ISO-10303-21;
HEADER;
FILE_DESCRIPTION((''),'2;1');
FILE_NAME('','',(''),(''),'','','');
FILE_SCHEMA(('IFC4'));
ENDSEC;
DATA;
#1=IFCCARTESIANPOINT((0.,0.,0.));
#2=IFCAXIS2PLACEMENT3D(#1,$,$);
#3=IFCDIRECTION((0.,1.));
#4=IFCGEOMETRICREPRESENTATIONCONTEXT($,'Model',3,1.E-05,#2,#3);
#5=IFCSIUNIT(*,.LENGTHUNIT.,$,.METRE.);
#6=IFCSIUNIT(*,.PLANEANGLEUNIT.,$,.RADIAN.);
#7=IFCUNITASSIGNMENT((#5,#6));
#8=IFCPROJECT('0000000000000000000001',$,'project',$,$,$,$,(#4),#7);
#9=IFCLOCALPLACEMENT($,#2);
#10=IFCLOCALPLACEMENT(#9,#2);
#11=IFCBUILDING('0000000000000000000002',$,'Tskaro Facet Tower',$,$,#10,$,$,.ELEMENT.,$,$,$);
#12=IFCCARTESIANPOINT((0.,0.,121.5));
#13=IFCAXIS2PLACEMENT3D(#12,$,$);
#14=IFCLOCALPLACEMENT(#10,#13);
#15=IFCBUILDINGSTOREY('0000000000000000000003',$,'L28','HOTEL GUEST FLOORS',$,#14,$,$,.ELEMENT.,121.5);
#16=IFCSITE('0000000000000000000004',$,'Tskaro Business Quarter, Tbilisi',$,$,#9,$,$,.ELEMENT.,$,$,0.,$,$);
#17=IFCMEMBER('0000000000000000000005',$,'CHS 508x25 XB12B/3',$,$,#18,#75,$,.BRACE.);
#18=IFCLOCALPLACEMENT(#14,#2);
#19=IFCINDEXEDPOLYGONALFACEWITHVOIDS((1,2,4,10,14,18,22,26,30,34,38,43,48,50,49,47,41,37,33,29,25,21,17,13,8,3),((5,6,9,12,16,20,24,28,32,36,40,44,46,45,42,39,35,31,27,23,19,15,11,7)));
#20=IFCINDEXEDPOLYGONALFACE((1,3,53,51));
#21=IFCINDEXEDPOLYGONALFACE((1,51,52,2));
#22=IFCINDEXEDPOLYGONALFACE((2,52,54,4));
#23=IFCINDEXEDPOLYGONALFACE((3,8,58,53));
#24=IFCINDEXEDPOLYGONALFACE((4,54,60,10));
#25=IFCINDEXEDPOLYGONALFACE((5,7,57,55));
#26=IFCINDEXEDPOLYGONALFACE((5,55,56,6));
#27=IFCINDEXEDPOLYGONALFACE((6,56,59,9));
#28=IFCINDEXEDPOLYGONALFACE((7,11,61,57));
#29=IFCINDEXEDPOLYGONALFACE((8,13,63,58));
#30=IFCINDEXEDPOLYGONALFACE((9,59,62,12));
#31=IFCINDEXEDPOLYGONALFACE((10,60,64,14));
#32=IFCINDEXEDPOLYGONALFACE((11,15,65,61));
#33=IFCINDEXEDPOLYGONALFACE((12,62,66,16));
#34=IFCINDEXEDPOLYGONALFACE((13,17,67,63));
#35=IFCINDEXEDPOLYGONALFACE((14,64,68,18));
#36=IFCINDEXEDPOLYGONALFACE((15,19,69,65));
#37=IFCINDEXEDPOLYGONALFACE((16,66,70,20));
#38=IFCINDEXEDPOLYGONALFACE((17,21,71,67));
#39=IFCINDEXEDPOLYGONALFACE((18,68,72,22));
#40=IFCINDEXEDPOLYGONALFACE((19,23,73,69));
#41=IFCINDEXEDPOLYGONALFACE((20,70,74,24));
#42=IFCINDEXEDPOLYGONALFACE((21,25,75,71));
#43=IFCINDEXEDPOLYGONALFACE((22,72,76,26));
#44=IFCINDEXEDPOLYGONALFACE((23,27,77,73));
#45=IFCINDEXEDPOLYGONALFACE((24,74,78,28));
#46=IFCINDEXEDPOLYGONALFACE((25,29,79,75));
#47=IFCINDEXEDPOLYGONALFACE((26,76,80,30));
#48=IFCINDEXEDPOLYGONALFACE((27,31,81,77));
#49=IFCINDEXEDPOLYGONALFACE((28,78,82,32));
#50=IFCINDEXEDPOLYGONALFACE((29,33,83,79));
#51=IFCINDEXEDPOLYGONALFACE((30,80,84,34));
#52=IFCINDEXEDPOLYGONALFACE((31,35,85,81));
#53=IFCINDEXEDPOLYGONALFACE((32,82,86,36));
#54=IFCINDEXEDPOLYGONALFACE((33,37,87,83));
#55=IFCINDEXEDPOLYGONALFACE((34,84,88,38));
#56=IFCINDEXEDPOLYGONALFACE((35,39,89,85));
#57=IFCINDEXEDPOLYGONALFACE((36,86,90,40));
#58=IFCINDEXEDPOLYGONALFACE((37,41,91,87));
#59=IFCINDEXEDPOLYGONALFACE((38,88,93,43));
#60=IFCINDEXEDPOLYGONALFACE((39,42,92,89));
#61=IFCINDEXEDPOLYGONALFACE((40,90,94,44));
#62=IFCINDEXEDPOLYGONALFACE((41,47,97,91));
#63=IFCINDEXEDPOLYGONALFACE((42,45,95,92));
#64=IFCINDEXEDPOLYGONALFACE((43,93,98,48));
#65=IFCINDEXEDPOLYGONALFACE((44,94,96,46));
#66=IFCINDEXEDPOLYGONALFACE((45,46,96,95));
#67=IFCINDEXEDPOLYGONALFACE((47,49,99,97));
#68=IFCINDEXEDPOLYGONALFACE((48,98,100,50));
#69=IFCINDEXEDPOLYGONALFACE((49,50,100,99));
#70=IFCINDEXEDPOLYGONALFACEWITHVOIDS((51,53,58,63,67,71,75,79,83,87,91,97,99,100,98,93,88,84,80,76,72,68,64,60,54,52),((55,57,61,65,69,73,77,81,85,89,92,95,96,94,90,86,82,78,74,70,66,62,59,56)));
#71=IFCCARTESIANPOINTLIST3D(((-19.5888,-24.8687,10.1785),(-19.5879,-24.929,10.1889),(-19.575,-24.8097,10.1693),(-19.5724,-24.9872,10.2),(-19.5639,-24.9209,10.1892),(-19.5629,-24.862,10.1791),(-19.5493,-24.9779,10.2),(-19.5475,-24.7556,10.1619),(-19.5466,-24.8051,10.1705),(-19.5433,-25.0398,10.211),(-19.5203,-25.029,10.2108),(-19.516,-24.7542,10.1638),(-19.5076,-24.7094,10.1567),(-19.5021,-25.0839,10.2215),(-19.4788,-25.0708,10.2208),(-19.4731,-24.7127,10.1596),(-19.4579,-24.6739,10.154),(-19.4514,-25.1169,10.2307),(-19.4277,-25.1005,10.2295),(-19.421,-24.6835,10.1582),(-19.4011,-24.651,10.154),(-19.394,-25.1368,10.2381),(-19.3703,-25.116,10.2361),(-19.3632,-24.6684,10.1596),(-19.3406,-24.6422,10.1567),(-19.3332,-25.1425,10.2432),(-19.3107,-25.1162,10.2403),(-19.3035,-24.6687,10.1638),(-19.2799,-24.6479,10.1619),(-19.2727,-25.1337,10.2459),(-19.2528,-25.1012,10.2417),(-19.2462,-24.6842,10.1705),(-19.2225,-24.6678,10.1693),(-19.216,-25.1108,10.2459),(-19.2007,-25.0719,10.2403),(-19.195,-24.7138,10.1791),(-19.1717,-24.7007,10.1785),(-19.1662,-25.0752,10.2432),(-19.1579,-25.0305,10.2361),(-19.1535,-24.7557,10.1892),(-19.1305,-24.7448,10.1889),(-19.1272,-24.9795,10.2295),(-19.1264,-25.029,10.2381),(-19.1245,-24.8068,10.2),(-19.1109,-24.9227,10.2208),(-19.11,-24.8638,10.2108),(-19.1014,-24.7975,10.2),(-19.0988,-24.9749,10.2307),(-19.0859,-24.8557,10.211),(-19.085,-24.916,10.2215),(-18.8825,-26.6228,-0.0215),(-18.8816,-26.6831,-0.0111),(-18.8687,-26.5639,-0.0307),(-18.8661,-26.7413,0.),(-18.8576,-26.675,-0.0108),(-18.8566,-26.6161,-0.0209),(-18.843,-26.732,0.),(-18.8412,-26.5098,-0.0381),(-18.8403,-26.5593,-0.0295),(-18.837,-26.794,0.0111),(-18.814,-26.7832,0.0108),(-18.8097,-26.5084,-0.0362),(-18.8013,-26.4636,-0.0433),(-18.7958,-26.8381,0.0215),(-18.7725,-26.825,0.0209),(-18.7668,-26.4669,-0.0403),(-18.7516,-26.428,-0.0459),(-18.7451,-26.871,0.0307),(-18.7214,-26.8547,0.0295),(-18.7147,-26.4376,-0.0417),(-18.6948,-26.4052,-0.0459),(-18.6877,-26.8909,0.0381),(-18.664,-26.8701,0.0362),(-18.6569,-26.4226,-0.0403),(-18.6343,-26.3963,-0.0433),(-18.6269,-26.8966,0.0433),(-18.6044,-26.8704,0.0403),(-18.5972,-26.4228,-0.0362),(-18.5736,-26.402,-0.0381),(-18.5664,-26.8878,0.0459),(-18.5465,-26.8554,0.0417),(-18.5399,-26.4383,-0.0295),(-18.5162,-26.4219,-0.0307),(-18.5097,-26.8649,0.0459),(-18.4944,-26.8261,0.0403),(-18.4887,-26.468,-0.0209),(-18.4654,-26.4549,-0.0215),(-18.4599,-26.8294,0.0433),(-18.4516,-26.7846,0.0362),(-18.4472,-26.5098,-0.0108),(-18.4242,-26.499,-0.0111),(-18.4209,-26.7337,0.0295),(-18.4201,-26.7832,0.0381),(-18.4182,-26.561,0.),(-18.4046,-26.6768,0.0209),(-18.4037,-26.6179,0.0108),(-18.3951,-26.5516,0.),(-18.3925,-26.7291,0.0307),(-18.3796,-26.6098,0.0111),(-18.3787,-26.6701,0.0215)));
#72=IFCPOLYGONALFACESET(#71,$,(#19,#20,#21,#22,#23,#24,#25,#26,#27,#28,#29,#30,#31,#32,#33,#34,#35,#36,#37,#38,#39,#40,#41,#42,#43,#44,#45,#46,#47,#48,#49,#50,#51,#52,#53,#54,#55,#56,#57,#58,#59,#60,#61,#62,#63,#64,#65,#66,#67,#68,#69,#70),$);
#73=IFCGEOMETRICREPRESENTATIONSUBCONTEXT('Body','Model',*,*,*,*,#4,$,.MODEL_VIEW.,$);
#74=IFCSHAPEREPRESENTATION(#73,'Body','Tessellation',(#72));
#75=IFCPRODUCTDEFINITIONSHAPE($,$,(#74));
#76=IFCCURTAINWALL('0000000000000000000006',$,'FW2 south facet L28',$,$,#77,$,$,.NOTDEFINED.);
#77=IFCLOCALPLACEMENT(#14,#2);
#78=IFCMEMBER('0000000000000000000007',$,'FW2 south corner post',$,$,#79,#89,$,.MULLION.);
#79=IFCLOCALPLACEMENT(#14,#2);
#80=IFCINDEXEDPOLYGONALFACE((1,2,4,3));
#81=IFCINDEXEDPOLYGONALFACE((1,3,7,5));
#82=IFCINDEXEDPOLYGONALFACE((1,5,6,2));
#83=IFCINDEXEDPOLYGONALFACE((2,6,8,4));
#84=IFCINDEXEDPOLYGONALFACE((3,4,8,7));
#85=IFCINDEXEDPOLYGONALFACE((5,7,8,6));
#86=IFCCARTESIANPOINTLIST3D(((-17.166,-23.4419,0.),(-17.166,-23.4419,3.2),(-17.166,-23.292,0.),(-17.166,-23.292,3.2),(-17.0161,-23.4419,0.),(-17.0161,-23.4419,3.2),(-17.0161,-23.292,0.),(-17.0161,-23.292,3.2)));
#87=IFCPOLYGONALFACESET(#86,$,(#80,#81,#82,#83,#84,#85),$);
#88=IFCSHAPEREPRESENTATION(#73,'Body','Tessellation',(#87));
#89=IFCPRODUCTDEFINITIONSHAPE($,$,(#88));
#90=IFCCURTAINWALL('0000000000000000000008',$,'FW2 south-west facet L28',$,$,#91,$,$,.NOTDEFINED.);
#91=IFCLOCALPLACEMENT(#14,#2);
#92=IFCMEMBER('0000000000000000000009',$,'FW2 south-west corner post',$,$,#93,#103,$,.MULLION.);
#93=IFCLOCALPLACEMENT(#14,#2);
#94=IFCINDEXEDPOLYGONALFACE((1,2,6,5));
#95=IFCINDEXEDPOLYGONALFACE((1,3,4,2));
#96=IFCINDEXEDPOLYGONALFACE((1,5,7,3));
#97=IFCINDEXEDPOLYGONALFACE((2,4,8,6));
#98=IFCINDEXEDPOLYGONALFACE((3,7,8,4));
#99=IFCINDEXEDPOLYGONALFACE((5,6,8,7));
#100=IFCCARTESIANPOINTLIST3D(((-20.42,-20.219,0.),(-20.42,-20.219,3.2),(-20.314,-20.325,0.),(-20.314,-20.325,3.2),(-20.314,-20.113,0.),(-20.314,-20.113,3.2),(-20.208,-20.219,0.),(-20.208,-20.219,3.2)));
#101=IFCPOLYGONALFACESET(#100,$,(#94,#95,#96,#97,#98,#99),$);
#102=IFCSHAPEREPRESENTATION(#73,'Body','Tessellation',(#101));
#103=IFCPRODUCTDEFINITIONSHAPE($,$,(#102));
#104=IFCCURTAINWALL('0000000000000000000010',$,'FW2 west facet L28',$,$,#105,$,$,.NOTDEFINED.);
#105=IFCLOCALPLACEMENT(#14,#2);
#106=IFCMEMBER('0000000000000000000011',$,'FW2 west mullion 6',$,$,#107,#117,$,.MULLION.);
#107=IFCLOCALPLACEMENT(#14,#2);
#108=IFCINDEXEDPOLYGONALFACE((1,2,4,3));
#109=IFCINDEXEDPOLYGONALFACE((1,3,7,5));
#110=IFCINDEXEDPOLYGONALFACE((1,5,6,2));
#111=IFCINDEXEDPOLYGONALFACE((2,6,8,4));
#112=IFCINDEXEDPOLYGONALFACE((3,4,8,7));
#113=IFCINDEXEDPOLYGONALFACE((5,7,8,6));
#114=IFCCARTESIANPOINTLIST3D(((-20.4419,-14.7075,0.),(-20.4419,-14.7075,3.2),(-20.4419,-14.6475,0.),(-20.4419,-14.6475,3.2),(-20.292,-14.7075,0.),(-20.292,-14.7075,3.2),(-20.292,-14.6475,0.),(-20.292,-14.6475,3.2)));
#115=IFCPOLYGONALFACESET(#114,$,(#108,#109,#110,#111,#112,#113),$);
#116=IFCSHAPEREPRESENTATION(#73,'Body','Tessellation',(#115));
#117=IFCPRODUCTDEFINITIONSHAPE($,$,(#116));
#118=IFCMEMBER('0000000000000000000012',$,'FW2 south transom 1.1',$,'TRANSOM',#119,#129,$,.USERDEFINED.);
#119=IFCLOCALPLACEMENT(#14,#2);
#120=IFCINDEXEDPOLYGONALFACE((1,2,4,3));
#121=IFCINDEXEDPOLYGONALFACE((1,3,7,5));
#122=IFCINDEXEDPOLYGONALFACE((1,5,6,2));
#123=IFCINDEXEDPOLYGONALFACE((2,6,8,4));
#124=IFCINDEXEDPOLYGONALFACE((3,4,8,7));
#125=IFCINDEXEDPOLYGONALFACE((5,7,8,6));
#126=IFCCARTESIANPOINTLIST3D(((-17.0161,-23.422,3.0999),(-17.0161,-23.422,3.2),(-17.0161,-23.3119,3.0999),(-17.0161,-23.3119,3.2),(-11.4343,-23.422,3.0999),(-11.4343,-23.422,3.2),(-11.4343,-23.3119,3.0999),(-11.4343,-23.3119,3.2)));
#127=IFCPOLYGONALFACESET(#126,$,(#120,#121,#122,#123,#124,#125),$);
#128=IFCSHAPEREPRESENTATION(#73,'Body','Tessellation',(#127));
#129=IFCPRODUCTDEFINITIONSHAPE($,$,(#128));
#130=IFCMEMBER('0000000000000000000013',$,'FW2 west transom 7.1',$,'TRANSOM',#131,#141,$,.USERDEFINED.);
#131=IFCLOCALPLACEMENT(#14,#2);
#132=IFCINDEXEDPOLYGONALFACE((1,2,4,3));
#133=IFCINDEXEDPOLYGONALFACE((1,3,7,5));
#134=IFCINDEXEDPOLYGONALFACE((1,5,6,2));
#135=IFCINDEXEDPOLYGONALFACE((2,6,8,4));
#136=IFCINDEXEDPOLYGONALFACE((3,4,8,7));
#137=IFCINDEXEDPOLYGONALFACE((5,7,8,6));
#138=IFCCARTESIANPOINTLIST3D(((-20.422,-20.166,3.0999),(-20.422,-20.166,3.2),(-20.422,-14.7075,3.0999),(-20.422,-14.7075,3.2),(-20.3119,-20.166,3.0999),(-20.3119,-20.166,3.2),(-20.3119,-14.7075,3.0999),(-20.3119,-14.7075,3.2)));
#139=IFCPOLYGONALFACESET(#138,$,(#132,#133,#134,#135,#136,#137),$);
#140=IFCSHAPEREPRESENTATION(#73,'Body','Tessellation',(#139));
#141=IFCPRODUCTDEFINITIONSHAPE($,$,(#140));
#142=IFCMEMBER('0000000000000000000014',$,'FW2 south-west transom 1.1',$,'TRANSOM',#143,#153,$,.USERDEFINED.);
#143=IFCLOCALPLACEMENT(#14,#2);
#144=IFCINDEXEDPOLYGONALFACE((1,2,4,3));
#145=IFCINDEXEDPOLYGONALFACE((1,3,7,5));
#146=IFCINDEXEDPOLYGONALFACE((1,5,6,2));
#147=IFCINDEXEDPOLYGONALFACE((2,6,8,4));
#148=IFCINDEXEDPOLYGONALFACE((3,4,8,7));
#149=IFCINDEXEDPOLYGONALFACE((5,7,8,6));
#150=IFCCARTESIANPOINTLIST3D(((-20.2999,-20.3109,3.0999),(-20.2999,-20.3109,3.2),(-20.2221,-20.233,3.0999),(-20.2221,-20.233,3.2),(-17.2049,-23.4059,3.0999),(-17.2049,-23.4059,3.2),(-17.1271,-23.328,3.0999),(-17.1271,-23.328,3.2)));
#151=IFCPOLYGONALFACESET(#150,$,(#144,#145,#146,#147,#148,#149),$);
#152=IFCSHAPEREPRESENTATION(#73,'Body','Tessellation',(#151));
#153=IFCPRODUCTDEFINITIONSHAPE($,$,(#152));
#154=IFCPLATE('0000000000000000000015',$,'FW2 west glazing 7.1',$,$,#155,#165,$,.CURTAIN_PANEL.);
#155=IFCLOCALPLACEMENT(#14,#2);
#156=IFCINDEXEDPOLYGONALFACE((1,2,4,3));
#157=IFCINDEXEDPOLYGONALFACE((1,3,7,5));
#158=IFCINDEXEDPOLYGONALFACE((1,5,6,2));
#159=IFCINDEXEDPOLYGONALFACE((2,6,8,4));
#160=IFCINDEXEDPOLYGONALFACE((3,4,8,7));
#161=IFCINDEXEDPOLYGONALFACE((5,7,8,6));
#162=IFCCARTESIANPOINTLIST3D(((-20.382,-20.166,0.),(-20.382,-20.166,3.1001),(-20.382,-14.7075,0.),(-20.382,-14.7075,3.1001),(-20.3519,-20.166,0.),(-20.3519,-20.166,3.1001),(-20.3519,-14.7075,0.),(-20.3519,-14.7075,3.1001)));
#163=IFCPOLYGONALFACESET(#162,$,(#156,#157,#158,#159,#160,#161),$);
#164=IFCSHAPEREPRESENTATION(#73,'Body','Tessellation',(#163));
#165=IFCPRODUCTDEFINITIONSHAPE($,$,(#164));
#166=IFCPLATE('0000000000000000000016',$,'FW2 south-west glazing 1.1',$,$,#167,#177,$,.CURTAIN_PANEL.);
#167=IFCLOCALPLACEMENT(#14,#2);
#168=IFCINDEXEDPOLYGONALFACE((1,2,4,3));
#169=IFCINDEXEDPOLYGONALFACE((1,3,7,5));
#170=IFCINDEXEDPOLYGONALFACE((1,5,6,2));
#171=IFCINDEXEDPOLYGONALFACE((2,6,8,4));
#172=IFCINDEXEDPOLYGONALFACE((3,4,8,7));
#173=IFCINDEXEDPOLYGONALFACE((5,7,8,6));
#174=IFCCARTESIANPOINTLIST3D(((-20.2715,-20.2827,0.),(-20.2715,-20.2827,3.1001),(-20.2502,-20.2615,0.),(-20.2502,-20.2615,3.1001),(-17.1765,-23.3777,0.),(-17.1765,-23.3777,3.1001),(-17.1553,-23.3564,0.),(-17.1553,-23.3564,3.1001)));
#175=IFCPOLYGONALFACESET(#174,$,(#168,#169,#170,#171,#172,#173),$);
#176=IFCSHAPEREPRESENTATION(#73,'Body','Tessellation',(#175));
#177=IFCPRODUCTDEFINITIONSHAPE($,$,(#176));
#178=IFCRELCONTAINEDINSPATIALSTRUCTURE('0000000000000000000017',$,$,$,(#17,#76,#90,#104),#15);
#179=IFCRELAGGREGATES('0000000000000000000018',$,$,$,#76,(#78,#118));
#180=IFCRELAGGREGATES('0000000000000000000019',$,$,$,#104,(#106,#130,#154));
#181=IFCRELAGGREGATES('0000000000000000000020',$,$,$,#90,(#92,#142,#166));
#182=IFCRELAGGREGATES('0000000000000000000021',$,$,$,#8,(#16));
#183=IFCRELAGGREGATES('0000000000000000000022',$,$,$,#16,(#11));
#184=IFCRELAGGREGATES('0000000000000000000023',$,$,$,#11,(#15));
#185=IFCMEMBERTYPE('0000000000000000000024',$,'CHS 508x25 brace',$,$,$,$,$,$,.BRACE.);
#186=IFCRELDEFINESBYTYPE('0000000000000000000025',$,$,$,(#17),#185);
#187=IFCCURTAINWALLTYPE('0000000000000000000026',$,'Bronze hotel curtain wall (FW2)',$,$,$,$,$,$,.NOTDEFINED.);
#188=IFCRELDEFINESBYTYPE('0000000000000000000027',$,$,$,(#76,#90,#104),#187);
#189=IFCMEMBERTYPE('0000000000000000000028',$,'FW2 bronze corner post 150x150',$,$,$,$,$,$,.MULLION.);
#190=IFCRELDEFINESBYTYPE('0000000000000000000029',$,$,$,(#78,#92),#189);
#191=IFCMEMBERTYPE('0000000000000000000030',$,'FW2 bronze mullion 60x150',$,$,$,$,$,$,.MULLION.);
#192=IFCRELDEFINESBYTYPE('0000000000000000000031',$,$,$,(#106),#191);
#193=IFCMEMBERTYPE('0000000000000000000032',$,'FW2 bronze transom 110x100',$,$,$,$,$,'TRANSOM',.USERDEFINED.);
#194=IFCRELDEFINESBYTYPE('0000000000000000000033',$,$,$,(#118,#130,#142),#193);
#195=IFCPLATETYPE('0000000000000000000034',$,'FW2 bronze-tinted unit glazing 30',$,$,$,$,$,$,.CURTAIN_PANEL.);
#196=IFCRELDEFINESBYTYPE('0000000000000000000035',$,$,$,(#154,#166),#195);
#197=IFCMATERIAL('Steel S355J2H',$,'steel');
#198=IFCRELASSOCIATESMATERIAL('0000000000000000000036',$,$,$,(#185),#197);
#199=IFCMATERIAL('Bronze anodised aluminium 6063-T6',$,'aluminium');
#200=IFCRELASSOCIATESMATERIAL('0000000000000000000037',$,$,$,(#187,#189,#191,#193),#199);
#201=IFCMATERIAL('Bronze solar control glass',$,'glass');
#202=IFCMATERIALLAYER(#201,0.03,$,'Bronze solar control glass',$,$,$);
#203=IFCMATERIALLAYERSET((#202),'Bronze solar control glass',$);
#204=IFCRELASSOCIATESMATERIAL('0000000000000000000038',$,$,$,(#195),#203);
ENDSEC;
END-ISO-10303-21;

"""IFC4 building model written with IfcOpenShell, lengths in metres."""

from ifc_helpers import new_model, si_unit, direction, frame, origin, origin_2d, place, context, subcontext, project, spatial, rectangle, hollow_circle, extrude, material, layer, layer_set, material_profile, profile_set, type_object, element, aggregate, save


model = new_model("IFC4")

# Units and contexts
model_context = context("Model", 3, precision=1e-05, world=origin(), true_north=direction((0.0, 1.0)))
body_context = subcontext(model_context, "Body", "Model", "MODEL_VIEW")
ifc_project = project(units=[si_unit("LENGTHUNIT", "METRE"), si_unit("PLANEANGLEUNIT", "RADIAN")], contexts=[model_context])

# Site, building, storey
site_placement = place(None, origin())
site = spatial("IfcSite", under=ifc_project, at=site_placement, Name="Tskaro Business Quarter, Tbilisi", CompositionType="ELEMENT", RefElevation=0.0)
building_placement = place(site_placement, origin())
building = spatial("IfcBuilding", under=site, at=building_placement, Name="Tskaro Facet Tower", CompositionType="ELEMENT")
storey_placement = place(building_placement, frame((0.0, 0.0, 121.5)))
storey = spatial("IfcBuildingStorey", under=building, at=storey_placement, Name="L28", Description="HOTEL GUEST FLOORS", CompositionType="ELEMENT", Elevation=121.5)

# Shared definitions
ifc_material_1 = material(Name="Steel S355J2H", Category="steel")

# Member
ifc_material_profile_1 = material_profile(ifc_material_1, hollow_circle(Radius=0.2539, WallThickness=0.0249, at=origin_2d()), Name="CHS 508x25")
ifc_profile_set_1 = profile_set([ifc_material_profile_1], Name="Steel S355J2H")
member_type_1 = type_object("IfcMemberType", Name="CHS 508x25 brace", PredefinedType="BRACE", material=ifc_profile_set_1)
for number, where, z_axis, x_axis, name in (
    (1, (-18.6306, -26.6465, 0.0), (-0.068085, 0.169095, 0.983245), (-0.927628, -0.373504, 0.0), "CHS 508x25 XB12B/3"),
):
    element("IfcMember", number, at=place(storey_placement, frame(where, z_axis=z_axis, x_axis=x_axis)), inside=storey, type_object=member_type_1, Name=name, PredefinedType="BRACE", context=body_context, shape_type="SweptSolid", body=[
        extrude(hollow_circle(Radius=0.2539, WallThickness=0.0249, at=origin_2d()), origin(), (0.0, 0.0, 1.0), 10.3738),
    ])

# Curtain walls, members
ifc_material_2 = material(Name="Bronze anodised aluminium 6063-T6", Category="aluminium")
curtain_wall_type = type_object("IfcCurtainWallType", Name="Bronze hotel curtain wall (FW2)", PredefinedType="NOTDEFINED", material=ifc_material_2)
curtain_wall_1_placement = place(storey_placement, origin())
curtain_wall_1 = element("IfcCurtainWall", 2, at=curtain_wall_1_placement, inside=storey, type_object=curtain_wall_type, Name="FW2 south facet L28", PredefinedType="NOTDEFINED")
ifc_material_profile_2 = material_profile(ifc_material_2, rectangle(XDim=0.1499, YDim=0.1499, at=origin_2d()), Name="Corner post 150x150")
ifc_profile_set_2 = profile_set([ifc_material_profile_2], Name="Bronze anodised aluminium 6063-T6")
member_type_2 = type_object("IfcMemberType", Name="FW2 bronze corner post 150x150", PredefinedType="MULLION", material=ifc_profile_set_2)
member_1_placement = place(storey_placement, frame((-17.0911, -23.3669, 0.0), z_axis=(0.0, 0.0, 1.0), x_axis=(1.0, 0.0, 0.0)))
member_1 = element("IfcMember", 3, at=member_1_placement, type_object=member_type_2, Name="FW2 south corner post", PredefinedType="MULLION", context=body_context, shape_type="SweptSolid", body=[
    extrude(rectangle(XDim=0.1499, YDim=0.1499, at=origin_2d()), origin(), (0.0, 0.0, 1.0), 3.2),
])
curtain_wall_2_placement = place(storey_placement, origin())
curtain_wall_2 = element("IfcCurtainWall", 4, at=curtain_wall_2_placement, inside=storey, type_object=curtain_wall_type, Name="FW2 south-west facet L28", PredefinedType="NOTDEFINED")
member_2_placement = place(storey_placement, frame((-20.314, -20.219, 0.0), z_axis=(0.0, 0.0, 1.0), x_axis=(0.707107, -0.707107, 0.0)))
member_2 = element("IfcMember", 5, at=member_2_placement, type_object=member_type_2, Name="FW2 south-west corner post", PredefinedType="MULLION", context=body_context, shape_type="SweptSolid", body=[
    extrude(rectangle(XDim=0.1499, YDim=0.1499, at=origin_2d()), origin(), (0.0, 0.0, 1.0), 3.2),
])
curtain_wall_3_placement = place(storey_placement, origin())
curtain_wall_3 = element("IfcCurtainWall", 6, at=curtain_wall_3_placement, inside=storey, type_object=curtain_wall_type, Name="FW2 west facet L28", PredefinedType="NOTDEFINED")
ifc_material_profile_3 = material_profile(ifc_material_2, rectangle(XDim=0.0601, YDim=0.1499, at=origin_2d()), Name="Mullion 60x150")
ifc_profile_set_3 = profile_set([ifc_material_profile_3], Name="Bronze anodised aluminium 6063-T6")
member_type_3 = type_object("IfcMemberType", Name="FW2 bronze mullion 60x150", PredefinedType="MULLION", material=ifc_profile_set_3)
member_3_placement = place(storey_placement, frame((-20.3669, -14.6775, 0.0), z_axis=(0.0, 0.0, 1.0), x_axis=(0.0, -1.0, 0.0)))
member_3 = element("IfcMember", 7, at=member_3_placement, type_object=member_type_3, Name="FW2 west mullion 6", PredefinedType="MULLION", context=body_context, shape_type="SweptSolid", body=[
    extrude(rectangle(XDim=0.0601, YDim=0.1499, at=origin_2d()), origin(), (0.0, 0.0, 1.0), 3.2),
])

# Members
ifc_material_profile_4 = material_profile(ifc_material_2, rectangle(XDim=0.1101, YDim=0.1001, at=origin_2d()), Name="Transom 110x100")
ifc_profile_set_4 = profile_set([ifc_material_profile_4], Name="Bronze anodised aluminium 6063-T6")
member_type_4 = type_object("IfcMemberType", Name="FW2 bronze transom 110x100", ElementType="TRANSOM", PredefinedType="USERDEFINED", material=ifc_profile_set_4)
member_4_placement = place(storey_placement, frame((-17.0161, -23.3669, 3.1499), z_axis=(1.0, 0.0, 0.0), x_axis=(0.0, 1.0, 0.0)))
member_4 = element("IfcMember", 8, at=member_4_placement, type_object=member_type_4, Name="FW2 south transom 1.1", ObjectType="TRANSOM", PredefinedType="USERDEFINED", context=body_context, shape_type="SweptSolid", body=[
    extrude(rectangle(XDim=0.1101, YDim=0.1001, at=origin_2d()), origin(), (0.0, 0.0, 1.0), 5.5818),
])
aggregate(curtain_wall_1, [member_1, member_4])
member_5_placement = place(storey_placement, frame((-20.3669, -14.7075, 3.1499), z_axis=(0.0, -1.0, 0.0), x_axis=(1.0, 0.0, 0.0)))
member_5 = element("IfcMember", 9, at=member_5_placement, type_object=member_type_4, Name="FW2 west transom 7.1", ObjectType="TRANSOM", PredefinedType="USERDEFINED", context=body_context, shape_type="SweptSolid", body=[
    extrude(rectangle(XDim=0.1101, YDim=0.1001, at=origin_2d()), origin(), (0.0, 0.0, 1.0), 5.4585),
])
member_6_placement = place(storey_placement, frame((-20.261, -20.272, 3.1499), z_axis=(0.707107, -0.707107, 0.0), x_axis=(0.707107, 0.707107, 0.0)))
member_6 = element("IfcMember", 10, at=member_6_placement, type_object=member_type_4, Name="FW2 south-west transom 1.1", ObjectType="TRANSOM", PredefinedType="USERDEFINED", context=body_context, shape_type="SweptSolid", body=[
    extrude(rectangle(XDim=0.1101, YDim=0.1001, at=origin_2d()), origin(), (0.0, 0.0, 1.0), 4.377),
])

# Plates
ifc_material_3 = material(Name="Bronze solar control glass", Category="glass")
ifc_layer_1 = layer(ifc_material_3, 0.03, Name="Bronze solar control glass")
ifc_layer_set_1 = layer_set([ifc_layer_1], Name="Bronze solar control glass")
plate_type = type_object("IfcPlateType", Name="FW2 bronze-tinted unit glazing 30", PredefinedType="CURTAIN_PANEL", material=ifc_layer_set_1)
plate_1_placement = place(storey_placement, frame((-20.3669, -17.4368, 0.0), z_axis=(0.0, 0.0, 1.0), x_axis=(0.0, -1.0, 0.0)))
plate_1 = element("IfcPlate", 11, at=plate_1_placement, type_object=plate_type, Name="FW2 west glazing 7.1", PredefinedType="CURTAIN_PANEL", context=body_context, shape_type="SweptSolid", body=[
    extrude(rectangle(XDim=5.4585, YDim=0.03, at=origin_2d()), origin(), (0.0, 0.0, 1.0), 3.1001),
])
aggregate(curtain_wall_3, [member_3, member_5, plate_1])
plate_2_placement = place(storey_placement, frame((-18.7134, -21.8196, 0.0), z_axis=(0.0, 0.0, 1.0), x_axis=(0.707107, -0.707107, 0.0)))
plate_2 = element("IfcPlate", 12, at=plate_2_placement, type_object=plate_type, Name="FW2 south-west glazing 1.1", PredefinedType="CURTAIN_PANEL", context=body_context, shape_type="SweptSolid", body=[
    extrude(rectangle(XDim=4.377, YDim=0.03, at=origin_2d()), origin(), (0.0, 0.0, 1.0), 3.1001),
])
aggregate(curtain_wall_2, [member_2, member_6, plate_2])

save(model, "model.ifc")
